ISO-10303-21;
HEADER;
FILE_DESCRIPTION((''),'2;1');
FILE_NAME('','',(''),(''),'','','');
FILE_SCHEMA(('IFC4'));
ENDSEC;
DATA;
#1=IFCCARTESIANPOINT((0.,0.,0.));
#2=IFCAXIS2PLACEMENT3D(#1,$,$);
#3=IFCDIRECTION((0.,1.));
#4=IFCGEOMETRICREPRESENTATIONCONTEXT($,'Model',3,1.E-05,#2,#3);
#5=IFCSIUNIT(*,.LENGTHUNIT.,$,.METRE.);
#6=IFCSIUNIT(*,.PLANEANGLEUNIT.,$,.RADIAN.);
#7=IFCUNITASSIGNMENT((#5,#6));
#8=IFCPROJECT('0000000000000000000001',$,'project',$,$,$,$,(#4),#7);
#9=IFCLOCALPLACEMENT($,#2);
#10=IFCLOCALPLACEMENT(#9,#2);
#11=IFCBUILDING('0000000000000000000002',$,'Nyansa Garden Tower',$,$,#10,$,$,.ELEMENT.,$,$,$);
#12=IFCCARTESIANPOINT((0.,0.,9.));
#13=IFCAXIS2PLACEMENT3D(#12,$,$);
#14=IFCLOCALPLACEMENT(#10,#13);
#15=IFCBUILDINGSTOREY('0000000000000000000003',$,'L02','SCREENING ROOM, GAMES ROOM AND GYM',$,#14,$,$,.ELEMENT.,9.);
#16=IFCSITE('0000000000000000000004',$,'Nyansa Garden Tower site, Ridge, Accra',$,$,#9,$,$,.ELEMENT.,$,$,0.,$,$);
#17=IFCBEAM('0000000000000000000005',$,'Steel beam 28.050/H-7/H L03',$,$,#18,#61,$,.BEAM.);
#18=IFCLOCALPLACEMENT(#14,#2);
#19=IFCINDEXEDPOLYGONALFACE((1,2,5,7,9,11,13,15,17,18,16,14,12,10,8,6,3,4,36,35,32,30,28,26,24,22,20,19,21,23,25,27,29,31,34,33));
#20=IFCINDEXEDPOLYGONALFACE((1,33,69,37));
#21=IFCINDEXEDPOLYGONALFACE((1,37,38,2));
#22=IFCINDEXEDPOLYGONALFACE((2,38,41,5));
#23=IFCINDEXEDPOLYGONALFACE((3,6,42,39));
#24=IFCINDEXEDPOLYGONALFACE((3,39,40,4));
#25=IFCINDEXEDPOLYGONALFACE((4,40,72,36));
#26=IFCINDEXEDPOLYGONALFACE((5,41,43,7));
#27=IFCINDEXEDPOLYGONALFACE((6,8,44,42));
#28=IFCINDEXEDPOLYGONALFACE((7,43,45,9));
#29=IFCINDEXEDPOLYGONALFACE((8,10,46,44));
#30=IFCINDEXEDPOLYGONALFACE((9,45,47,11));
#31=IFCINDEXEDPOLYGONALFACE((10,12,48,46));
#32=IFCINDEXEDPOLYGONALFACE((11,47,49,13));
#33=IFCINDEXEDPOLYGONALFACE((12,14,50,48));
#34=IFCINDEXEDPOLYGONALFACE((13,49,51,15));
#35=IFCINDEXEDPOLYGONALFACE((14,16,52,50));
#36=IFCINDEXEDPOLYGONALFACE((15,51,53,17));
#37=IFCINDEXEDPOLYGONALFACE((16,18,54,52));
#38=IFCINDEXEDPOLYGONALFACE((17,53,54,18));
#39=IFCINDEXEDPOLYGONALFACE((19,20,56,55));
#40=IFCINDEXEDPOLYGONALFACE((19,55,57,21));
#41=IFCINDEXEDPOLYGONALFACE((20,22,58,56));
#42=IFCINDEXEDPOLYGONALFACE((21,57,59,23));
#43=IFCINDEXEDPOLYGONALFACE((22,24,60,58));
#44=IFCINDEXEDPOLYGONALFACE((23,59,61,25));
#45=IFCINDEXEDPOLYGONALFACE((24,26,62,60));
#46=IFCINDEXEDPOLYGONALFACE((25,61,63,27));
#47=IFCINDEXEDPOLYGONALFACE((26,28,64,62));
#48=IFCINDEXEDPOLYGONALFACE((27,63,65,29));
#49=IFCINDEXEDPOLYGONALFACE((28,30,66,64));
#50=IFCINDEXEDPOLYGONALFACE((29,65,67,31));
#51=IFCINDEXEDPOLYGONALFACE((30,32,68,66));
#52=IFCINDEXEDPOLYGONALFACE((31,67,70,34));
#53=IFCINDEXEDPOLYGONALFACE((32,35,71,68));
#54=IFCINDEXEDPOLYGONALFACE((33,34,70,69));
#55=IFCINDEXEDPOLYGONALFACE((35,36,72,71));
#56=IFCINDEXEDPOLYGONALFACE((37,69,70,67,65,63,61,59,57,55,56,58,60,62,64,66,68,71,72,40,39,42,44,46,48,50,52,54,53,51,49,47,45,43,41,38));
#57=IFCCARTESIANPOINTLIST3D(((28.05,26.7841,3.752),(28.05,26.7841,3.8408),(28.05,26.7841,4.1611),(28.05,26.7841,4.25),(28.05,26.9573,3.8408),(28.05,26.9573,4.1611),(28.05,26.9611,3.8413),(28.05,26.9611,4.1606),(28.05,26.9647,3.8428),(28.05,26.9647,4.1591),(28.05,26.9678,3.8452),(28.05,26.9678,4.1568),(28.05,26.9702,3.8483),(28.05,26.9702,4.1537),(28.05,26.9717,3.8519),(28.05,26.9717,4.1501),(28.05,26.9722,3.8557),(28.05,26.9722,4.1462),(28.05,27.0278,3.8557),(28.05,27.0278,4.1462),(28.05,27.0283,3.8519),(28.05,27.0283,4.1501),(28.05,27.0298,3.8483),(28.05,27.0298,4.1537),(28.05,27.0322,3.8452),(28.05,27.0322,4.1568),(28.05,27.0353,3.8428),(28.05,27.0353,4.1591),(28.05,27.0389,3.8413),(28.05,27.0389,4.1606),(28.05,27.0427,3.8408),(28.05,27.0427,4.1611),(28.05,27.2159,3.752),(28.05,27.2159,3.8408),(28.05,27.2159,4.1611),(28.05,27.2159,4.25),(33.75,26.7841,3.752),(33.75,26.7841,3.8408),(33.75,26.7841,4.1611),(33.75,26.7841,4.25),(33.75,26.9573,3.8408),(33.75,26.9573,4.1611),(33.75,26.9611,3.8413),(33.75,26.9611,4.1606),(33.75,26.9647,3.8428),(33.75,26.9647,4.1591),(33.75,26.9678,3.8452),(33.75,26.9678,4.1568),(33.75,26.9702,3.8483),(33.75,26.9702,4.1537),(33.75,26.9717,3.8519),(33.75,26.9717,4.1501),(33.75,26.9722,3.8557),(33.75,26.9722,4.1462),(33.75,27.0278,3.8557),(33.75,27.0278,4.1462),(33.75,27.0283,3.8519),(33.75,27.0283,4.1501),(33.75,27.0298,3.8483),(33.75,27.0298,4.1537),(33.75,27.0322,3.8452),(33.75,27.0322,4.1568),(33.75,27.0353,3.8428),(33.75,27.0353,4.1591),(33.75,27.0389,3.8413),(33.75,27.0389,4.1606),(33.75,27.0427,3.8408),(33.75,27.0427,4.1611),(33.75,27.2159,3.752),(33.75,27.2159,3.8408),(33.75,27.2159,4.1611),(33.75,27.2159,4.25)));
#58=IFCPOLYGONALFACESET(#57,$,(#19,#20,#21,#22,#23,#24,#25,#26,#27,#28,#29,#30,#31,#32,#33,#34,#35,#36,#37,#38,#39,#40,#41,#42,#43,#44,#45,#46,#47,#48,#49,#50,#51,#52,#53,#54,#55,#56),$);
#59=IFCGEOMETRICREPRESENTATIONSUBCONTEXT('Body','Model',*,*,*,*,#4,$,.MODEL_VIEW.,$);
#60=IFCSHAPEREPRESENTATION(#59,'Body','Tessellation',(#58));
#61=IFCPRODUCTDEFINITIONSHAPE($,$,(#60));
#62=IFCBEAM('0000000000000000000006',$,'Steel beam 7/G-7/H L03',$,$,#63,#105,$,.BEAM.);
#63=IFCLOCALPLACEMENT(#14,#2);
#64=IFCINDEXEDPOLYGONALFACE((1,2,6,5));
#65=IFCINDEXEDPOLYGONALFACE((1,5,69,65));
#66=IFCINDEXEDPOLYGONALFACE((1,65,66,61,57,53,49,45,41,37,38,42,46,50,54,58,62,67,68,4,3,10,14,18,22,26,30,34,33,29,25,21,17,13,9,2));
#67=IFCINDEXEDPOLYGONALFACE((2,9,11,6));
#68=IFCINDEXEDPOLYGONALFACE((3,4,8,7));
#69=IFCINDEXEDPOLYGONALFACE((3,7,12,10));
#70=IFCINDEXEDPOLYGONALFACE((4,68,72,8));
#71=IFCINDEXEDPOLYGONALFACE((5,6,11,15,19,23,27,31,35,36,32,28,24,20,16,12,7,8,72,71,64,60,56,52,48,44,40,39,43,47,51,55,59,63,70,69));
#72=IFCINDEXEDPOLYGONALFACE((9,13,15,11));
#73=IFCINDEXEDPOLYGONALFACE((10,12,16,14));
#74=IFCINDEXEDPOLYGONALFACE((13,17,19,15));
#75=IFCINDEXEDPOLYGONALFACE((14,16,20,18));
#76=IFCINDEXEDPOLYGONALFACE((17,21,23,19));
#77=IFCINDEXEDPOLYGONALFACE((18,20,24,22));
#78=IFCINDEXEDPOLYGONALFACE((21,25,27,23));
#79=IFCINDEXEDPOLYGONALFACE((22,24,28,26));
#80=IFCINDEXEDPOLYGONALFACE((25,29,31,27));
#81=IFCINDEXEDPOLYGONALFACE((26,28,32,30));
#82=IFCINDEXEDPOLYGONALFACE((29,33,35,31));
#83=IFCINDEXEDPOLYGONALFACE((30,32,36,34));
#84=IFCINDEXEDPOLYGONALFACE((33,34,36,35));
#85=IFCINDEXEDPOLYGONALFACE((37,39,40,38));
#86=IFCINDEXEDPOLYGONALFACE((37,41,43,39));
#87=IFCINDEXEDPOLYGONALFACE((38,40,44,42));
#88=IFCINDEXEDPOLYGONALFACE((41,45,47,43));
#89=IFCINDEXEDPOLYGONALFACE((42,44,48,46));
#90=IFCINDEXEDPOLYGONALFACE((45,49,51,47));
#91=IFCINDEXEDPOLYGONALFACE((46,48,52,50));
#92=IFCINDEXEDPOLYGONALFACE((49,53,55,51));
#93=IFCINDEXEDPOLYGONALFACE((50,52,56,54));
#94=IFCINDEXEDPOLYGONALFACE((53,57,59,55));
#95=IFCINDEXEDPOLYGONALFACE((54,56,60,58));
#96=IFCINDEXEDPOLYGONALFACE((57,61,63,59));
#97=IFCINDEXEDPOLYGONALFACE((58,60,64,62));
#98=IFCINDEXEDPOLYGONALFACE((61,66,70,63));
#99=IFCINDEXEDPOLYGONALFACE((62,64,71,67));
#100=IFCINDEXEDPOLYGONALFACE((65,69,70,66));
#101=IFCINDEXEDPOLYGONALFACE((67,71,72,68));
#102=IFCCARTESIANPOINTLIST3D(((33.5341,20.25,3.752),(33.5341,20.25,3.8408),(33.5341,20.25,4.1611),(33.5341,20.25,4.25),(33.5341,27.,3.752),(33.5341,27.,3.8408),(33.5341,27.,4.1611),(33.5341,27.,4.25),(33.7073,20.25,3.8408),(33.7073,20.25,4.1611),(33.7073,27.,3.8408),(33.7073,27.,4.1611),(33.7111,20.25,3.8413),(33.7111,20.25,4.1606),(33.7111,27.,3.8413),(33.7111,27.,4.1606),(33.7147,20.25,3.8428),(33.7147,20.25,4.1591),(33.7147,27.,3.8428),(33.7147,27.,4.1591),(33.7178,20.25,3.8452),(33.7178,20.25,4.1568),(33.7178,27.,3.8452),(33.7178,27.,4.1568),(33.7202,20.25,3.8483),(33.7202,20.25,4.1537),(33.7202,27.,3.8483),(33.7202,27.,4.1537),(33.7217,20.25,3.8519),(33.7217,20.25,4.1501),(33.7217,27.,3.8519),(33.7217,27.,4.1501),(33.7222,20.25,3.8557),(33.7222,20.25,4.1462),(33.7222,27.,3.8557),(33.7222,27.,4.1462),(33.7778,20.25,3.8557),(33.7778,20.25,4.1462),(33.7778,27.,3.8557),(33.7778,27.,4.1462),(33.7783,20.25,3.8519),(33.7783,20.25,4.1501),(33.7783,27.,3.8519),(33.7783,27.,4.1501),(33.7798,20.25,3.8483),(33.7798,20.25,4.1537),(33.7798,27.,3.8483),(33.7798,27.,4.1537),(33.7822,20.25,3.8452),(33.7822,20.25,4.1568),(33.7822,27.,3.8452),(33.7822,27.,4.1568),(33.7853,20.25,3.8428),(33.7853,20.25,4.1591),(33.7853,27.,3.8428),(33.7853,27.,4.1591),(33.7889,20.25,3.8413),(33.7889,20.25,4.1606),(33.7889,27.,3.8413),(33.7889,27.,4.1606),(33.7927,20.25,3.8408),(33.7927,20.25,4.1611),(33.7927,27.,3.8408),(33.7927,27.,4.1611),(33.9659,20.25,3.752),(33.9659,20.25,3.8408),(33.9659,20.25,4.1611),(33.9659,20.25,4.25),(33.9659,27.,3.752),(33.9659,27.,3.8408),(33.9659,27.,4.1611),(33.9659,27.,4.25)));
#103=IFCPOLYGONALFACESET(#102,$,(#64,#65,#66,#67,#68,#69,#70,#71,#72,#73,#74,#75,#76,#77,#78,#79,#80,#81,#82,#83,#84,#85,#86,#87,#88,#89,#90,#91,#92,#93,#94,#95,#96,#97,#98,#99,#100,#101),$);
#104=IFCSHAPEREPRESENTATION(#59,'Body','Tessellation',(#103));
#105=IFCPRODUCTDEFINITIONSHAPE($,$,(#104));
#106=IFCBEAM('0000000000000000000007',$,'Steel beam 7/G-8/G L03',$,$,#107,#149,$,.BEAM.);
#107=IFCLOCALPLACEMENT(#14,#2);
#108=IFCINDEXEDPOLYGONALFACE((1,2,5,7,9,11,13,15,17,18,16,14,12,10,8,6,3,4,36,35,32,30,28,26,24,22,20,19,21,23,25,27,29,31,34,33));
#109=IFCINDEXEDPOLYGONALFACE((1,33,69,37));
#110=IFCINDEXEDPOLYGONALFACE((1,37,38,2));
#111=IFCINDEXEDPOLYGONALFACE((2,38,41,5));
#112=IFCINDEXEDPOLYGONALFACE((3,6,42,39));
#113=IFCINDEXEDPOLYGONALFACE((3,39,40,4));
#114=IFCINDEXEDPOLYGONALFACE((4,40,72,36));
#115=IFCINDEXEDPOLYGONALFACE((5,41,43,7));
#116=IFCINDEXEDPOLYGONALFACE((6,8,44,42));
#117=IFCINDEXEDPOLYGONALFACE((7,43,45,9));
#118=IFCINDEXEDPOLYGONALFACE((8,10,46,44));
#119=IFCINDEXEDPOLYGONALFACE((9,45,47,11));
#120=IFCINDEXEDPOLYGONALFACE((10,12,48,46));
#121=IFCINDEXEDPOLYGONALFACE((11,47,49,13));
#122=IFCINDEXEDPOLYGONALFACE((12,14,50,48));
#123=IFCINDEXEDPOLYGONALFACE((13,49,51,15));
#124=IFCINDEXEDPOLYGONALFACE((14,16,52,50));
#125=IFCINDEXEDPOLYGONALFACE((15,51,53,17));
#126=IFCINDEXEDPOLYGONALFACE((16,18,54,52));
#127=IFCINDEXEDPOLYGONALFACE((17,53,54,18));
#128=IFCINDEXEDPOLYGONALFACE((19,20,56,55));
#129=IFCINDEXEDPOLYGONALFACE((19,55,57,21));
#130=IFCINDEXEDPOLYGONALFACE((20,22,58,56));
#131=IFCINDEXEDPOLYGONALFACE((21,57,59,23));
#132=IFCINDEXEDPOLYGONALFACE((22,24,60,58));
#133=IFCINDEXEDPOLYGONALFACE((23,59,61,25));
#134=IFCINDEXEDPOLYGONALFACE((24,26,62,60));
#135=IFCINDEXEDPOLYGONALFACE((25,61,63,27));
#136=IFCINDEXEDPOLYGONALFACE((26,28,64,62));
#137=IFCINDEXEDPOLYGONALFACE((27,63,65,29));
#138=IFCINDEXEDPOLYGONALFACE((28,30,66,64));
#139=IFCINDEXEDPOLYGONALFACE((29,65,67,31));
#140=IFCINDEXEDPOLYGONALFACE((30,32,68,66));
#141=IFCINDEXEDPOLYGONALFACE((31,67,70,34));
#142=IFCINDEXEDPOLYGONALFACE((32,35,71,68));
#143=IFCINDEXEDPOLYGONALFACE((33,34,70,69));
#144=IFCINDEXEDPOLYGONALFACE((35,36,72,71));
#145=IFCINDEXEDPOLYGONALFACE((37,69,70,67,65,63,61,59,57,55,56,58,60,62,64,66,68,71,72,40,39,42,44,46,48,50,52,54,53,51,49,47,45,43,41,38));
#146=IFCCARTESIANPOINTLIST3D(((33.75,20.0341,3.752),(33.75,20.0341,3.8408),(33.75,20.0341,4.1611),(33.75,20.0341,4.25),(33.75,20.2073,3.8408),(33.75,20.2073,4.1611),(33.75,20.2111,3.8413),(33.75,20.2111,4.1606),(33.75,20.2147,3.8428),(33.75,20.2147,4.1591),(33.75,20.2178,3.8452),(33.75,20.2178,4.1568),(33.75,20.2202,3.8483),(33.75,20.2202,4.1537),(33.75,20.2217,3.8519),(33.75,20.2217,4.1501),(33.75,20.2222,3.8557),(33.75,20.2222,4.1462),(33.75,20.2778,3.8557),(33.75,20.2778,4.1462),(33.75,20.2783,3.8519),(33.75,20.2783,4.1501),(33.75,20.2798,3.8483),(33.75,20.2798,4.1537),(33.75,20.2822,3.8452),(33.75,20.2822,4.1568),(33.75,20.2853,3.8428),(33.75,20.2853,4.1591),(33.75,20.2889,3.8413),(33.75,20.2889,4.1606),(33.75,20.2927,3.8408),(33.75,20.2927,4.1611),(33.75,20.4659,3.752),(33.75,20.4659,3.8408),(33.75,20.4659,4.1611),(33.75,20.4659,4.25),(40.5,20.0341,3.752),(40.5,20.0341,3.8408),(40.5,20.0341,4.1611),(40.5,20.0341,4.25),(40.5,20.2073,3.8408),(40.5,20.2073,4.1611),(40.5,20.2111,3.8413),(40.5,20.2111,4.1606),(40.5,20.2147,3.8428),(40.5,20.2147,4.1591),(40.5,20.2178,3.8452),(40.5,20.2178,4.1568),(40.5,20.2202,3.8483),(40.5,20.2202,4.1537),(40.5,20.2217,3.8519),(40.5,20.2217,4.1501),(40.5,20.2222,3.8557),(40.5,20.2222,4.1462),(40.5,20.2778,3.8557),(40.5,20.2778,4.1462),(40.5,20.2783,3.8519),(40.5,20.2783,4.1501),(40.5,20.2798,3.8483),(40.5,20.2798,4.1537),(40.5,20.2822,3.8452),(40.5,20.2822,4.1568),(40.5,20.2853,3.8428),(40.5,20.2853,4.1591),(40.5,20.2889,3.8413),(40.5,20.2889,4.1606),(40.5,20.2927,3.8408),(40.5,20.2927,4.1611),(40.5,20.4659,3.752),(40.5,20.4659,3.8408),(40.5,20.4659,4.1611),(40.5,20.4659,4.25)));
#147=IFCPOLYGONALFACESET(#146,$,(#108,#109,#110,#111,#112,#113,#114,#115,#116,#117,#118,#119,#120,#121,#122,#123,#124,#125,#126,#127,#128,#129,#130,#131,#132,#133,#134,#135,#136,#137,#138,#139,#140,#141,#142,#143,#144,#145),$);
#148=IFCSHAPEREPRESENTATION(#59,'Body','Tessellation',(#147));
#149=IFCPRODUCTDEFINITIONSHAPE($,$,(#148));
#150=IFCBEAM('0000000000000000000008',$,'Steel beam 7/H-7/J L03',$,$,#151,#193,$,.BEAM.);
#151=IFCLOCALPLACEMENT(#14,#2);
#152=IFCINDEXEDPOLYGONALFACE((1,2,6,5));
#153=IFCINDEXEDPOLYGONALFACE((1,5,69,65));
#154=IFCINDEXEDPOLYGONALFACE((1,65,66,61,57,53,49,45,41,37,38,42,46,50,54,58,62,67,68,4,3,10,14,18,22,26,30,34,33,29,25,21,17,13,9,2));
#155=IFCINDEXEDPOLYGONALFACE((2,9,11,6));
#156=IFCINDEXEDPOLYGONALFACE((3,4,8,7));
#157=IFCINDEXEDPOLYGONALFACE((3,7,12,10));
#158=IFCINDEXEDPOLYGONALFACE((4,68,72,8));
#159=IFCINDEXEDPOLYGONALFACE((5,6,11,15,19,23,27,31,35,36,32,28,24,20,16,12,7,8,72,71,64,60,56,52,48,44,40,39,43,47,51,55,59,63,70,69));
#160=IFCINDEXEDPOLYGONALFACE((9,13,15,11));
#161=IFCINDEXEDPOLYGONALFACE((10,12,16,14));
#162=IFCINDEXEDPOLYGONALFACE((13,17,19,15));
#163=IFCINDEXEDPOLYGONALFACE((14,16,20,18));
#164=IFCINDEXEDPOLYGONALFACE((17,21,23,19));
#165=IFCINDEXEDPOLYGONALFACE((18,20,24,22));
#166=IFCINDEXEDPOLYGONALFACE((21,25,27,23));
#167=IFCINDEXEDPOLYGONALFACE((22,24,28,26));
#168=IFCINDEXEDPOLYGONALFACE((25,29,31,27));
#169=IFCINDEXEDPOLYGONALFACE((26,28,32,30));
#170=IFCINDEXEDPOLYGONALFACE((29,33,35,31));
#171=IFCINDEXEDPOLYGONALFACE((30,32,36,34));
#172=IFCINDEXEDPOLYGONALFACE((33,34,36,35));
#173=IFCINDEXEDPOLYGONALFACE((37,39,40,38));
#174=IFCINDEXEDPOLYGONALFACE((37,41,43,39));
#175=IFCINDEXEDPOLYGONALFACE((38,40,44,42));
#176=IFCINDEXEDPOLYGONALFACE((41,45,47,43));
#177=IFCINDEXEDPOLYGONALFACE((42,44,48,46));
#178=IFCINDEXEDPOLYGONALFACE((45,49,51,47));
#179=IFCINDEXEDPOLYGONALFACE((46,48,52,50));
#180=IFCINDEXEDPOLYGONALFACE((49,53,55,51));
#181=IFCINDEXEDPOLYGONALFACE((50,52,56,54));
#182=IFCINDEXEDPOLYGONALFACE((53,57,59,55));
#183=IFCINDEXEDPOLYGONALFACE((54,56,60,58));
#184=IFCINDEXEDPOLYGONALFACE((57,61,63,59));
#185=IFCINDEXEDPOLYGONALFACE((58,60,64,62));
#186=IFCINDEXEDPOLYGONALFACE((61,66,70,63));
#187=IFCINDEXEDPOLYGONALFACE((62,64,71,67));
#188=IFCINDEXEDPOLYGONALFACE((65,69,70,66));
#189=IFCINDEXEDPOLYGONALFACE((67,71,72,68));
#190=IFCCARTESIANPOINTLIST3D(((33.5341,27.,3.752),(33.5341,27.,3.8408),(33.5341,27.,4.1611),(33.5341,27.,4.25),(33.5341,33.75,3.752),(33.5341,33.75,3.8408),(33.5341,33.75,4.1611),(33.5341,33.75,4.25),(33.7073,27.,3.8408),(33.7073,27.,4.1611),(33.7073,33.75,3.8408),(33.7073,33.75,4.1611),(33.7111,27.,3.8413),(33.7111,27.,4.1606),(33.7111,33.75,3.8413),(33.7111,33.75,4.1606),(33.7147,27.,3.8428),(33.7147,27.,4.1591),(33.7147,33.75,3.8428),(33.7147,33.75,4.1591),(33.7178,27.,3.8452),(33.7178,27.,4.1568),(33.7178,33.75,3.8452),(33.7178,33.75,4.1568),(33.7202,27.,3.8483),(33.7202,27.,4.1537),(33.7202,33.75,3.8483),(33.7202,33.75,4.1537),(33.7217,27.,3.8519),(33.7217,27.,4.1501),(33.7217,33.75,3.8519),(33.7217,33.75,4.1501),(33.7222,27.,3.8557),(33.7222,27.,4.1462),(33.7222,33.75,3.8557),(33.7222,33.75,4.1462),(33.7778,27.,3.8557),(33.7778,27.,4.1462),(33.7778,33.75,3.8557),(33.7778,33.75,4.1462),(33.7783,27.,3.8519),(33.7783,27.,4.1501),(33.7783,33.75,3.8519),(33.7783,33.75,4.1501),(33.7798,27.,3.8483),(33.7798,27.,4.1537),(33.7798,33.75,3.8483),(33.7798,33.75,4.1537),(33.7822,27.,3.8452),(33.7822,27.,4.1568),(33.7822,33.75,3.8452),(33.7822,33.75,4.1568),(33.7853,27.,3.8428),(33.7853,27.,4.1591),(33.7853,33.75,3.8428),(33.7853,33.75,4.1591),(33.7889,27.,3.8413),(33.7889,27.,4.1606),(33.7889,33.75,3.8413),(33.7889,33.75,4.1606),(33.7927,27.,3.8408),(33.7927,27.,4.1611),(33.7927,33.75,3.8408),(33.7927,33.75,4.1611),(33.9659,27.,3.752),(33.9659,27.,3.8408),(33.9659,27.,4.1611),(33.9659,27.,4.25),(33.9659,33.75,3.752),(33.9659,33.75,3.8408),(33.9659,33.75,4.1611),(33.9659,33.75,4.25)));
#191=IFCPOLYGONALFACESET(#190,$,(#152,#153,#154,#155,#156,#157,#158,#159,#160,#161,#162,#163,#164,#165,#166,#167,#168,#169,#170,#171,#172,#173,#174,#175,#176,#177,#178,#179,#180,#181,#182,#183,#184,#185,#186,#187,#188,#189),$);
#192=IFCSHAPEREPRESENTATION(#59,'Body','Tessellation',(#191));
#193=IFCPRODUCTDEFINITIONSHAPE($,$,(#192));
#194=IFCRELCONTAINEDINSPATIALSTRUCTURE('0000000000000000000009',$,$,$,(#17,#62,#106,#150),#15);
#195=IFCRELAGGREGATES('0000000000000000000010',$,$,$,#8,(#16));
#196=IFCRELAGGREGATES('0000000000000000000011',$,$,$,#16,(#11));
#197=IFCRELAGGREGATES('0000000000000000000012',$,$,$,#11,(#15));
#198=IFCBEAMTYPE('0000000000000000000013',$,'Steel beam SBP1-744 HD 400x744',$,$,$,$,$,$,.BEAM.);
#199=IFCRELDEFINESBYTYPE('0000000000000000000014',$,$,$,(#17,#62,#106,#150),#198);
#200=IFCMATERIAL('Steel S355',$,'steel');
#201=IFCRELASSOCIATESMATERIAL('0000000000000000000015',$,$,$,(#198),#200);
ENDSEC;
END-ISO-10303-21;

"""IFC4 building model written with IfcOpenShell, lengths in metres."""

from ifc_helpers import new_model, si_unit, direction, frame, origin, origin_2d, place, context, subcontext, project, spatial, i_section, extrude, material, material_profile, profile_set, type_object, element, save


model = new_model("IFC4")

# Units and contexts
model_context = context("Model", 3, precision=1e-05, world=origin(), true_north=direction((0.0, 1.0)))
body_context = subcontext(model_context, "Body", "Model", "MODEL_VIEW")
ifc_project = project(units=[si_unit("LENGTHUNIT", "METRE"), si_unit("PLANEANGLEUNIT", "RADIAN")], contexts=[model_context])

# Site, building, storey
site_placement = place(None, origin())
site = spatial("IfcSite", under=ifc_project, at=site_placement, Name="Nyansa Garden Tower site, Ridge, Accra", CompositionType="ELEMENT", RefElevation=0.0)
building_placement = place(site_placement, origin())
building = spatial("IfcBuilding", under=site, at=building_placement, Name="Nyansa Garden Tower", CompositionType="ELEMENT")
storey_placement = place(building_placement, frame((0.0, 0.0, 9.0)))
storey = spatial("IfcBuildingStorey", under=building, at=storey_placement, Name="L02", Description="SCREENING ROOM, GAMES ROOM AND GYM", CompositionType="ELEMENT", Elevation=9.0)

# Beams
ifc_material_1 = material(Name="Steel S355", Category="steel")
ifc_material_profile_1 = material_profile(ifc_material_1, i_section(OverallWidth=0.4319, OverallDepth=0.498, WebThickness=0.0557, FlangeThickness=0.0889, FilletRadius=0.0149, at=origin_2d()), Name="HD 400x744")
ifc_profile_set_1 = profile_set([ifc_material_profile_1], Name="Steel S355")
beam_type_1 = type_object("IfcBeamType", Name="Steel beam SBP1-744 HD 400x744", PredefinedType="BEAM", material=ifc_profile_set_1)
for number, where, z_axis, x_axis, name in (
    (1, (28.05, 27.0, 4.001), (1.0, 0.0, 0.0), (0.0, 1.0, 0.0), "Steel beam 28.050/H-7/H L03"),
):
    element("IfcBeam", number, at=place(storey_placement, frame(where, z_axis=z_axis, x_axis=x_axis)), inside=storey, type_object=beam_type_1, Name=name, PredefinedType="BEAM", context=body_context, shape_type="SweptSolid", body=[
        extrude(i_section(OverallWidth=0.4319, OverallDepth=0.498, WebThickness=0.0557, FlangeThickness=0.0889, FilletRadius=0.0149, at=origin_2d()), origin(), (0.0, 0.0, 1.0), 5.7),
    ])
for number, where, z_axis, x_axis, name in (
    (2, (33.75, 20.25, 4.001), (0.0, 1.0, 0.0), (-1.0, 0.0, 0.0), "Steel beam 7/G-7/H L03"),
    (3, (33.75, 20.25, 4.001), (1.0, 0.0, 0.0), (0.0, 1.0, 0.0), "Steel beam 7/G-8/G L03"),
    (4, (33.75, 27.0, 4.001), (0.0, 1.0, 0.0), (-1.0, 0.0, 0.0), "Steel beam 7/H-7/J L03"),
):
    element("IfcBeam", number, at=place(storey_placement, frame(where, z_axis=z_axis, x_axis=x_axis)), inside=storey, type_object=beam_type_1, Name=name, PredefinedType="BEAM", context=body_context, shape_type="SweptSolid", body=[
        extrude(i_section(OverallWidth=0.4319, OverallDepth=0.498, WebThickness=0.0557, FlangeThickness=0.0889, FilletRadius=0.0149, at=origin_2d()), origin(), (0.0, 0.0, 1.0), 6.75),
    ])

save(model, "model.ifc")
